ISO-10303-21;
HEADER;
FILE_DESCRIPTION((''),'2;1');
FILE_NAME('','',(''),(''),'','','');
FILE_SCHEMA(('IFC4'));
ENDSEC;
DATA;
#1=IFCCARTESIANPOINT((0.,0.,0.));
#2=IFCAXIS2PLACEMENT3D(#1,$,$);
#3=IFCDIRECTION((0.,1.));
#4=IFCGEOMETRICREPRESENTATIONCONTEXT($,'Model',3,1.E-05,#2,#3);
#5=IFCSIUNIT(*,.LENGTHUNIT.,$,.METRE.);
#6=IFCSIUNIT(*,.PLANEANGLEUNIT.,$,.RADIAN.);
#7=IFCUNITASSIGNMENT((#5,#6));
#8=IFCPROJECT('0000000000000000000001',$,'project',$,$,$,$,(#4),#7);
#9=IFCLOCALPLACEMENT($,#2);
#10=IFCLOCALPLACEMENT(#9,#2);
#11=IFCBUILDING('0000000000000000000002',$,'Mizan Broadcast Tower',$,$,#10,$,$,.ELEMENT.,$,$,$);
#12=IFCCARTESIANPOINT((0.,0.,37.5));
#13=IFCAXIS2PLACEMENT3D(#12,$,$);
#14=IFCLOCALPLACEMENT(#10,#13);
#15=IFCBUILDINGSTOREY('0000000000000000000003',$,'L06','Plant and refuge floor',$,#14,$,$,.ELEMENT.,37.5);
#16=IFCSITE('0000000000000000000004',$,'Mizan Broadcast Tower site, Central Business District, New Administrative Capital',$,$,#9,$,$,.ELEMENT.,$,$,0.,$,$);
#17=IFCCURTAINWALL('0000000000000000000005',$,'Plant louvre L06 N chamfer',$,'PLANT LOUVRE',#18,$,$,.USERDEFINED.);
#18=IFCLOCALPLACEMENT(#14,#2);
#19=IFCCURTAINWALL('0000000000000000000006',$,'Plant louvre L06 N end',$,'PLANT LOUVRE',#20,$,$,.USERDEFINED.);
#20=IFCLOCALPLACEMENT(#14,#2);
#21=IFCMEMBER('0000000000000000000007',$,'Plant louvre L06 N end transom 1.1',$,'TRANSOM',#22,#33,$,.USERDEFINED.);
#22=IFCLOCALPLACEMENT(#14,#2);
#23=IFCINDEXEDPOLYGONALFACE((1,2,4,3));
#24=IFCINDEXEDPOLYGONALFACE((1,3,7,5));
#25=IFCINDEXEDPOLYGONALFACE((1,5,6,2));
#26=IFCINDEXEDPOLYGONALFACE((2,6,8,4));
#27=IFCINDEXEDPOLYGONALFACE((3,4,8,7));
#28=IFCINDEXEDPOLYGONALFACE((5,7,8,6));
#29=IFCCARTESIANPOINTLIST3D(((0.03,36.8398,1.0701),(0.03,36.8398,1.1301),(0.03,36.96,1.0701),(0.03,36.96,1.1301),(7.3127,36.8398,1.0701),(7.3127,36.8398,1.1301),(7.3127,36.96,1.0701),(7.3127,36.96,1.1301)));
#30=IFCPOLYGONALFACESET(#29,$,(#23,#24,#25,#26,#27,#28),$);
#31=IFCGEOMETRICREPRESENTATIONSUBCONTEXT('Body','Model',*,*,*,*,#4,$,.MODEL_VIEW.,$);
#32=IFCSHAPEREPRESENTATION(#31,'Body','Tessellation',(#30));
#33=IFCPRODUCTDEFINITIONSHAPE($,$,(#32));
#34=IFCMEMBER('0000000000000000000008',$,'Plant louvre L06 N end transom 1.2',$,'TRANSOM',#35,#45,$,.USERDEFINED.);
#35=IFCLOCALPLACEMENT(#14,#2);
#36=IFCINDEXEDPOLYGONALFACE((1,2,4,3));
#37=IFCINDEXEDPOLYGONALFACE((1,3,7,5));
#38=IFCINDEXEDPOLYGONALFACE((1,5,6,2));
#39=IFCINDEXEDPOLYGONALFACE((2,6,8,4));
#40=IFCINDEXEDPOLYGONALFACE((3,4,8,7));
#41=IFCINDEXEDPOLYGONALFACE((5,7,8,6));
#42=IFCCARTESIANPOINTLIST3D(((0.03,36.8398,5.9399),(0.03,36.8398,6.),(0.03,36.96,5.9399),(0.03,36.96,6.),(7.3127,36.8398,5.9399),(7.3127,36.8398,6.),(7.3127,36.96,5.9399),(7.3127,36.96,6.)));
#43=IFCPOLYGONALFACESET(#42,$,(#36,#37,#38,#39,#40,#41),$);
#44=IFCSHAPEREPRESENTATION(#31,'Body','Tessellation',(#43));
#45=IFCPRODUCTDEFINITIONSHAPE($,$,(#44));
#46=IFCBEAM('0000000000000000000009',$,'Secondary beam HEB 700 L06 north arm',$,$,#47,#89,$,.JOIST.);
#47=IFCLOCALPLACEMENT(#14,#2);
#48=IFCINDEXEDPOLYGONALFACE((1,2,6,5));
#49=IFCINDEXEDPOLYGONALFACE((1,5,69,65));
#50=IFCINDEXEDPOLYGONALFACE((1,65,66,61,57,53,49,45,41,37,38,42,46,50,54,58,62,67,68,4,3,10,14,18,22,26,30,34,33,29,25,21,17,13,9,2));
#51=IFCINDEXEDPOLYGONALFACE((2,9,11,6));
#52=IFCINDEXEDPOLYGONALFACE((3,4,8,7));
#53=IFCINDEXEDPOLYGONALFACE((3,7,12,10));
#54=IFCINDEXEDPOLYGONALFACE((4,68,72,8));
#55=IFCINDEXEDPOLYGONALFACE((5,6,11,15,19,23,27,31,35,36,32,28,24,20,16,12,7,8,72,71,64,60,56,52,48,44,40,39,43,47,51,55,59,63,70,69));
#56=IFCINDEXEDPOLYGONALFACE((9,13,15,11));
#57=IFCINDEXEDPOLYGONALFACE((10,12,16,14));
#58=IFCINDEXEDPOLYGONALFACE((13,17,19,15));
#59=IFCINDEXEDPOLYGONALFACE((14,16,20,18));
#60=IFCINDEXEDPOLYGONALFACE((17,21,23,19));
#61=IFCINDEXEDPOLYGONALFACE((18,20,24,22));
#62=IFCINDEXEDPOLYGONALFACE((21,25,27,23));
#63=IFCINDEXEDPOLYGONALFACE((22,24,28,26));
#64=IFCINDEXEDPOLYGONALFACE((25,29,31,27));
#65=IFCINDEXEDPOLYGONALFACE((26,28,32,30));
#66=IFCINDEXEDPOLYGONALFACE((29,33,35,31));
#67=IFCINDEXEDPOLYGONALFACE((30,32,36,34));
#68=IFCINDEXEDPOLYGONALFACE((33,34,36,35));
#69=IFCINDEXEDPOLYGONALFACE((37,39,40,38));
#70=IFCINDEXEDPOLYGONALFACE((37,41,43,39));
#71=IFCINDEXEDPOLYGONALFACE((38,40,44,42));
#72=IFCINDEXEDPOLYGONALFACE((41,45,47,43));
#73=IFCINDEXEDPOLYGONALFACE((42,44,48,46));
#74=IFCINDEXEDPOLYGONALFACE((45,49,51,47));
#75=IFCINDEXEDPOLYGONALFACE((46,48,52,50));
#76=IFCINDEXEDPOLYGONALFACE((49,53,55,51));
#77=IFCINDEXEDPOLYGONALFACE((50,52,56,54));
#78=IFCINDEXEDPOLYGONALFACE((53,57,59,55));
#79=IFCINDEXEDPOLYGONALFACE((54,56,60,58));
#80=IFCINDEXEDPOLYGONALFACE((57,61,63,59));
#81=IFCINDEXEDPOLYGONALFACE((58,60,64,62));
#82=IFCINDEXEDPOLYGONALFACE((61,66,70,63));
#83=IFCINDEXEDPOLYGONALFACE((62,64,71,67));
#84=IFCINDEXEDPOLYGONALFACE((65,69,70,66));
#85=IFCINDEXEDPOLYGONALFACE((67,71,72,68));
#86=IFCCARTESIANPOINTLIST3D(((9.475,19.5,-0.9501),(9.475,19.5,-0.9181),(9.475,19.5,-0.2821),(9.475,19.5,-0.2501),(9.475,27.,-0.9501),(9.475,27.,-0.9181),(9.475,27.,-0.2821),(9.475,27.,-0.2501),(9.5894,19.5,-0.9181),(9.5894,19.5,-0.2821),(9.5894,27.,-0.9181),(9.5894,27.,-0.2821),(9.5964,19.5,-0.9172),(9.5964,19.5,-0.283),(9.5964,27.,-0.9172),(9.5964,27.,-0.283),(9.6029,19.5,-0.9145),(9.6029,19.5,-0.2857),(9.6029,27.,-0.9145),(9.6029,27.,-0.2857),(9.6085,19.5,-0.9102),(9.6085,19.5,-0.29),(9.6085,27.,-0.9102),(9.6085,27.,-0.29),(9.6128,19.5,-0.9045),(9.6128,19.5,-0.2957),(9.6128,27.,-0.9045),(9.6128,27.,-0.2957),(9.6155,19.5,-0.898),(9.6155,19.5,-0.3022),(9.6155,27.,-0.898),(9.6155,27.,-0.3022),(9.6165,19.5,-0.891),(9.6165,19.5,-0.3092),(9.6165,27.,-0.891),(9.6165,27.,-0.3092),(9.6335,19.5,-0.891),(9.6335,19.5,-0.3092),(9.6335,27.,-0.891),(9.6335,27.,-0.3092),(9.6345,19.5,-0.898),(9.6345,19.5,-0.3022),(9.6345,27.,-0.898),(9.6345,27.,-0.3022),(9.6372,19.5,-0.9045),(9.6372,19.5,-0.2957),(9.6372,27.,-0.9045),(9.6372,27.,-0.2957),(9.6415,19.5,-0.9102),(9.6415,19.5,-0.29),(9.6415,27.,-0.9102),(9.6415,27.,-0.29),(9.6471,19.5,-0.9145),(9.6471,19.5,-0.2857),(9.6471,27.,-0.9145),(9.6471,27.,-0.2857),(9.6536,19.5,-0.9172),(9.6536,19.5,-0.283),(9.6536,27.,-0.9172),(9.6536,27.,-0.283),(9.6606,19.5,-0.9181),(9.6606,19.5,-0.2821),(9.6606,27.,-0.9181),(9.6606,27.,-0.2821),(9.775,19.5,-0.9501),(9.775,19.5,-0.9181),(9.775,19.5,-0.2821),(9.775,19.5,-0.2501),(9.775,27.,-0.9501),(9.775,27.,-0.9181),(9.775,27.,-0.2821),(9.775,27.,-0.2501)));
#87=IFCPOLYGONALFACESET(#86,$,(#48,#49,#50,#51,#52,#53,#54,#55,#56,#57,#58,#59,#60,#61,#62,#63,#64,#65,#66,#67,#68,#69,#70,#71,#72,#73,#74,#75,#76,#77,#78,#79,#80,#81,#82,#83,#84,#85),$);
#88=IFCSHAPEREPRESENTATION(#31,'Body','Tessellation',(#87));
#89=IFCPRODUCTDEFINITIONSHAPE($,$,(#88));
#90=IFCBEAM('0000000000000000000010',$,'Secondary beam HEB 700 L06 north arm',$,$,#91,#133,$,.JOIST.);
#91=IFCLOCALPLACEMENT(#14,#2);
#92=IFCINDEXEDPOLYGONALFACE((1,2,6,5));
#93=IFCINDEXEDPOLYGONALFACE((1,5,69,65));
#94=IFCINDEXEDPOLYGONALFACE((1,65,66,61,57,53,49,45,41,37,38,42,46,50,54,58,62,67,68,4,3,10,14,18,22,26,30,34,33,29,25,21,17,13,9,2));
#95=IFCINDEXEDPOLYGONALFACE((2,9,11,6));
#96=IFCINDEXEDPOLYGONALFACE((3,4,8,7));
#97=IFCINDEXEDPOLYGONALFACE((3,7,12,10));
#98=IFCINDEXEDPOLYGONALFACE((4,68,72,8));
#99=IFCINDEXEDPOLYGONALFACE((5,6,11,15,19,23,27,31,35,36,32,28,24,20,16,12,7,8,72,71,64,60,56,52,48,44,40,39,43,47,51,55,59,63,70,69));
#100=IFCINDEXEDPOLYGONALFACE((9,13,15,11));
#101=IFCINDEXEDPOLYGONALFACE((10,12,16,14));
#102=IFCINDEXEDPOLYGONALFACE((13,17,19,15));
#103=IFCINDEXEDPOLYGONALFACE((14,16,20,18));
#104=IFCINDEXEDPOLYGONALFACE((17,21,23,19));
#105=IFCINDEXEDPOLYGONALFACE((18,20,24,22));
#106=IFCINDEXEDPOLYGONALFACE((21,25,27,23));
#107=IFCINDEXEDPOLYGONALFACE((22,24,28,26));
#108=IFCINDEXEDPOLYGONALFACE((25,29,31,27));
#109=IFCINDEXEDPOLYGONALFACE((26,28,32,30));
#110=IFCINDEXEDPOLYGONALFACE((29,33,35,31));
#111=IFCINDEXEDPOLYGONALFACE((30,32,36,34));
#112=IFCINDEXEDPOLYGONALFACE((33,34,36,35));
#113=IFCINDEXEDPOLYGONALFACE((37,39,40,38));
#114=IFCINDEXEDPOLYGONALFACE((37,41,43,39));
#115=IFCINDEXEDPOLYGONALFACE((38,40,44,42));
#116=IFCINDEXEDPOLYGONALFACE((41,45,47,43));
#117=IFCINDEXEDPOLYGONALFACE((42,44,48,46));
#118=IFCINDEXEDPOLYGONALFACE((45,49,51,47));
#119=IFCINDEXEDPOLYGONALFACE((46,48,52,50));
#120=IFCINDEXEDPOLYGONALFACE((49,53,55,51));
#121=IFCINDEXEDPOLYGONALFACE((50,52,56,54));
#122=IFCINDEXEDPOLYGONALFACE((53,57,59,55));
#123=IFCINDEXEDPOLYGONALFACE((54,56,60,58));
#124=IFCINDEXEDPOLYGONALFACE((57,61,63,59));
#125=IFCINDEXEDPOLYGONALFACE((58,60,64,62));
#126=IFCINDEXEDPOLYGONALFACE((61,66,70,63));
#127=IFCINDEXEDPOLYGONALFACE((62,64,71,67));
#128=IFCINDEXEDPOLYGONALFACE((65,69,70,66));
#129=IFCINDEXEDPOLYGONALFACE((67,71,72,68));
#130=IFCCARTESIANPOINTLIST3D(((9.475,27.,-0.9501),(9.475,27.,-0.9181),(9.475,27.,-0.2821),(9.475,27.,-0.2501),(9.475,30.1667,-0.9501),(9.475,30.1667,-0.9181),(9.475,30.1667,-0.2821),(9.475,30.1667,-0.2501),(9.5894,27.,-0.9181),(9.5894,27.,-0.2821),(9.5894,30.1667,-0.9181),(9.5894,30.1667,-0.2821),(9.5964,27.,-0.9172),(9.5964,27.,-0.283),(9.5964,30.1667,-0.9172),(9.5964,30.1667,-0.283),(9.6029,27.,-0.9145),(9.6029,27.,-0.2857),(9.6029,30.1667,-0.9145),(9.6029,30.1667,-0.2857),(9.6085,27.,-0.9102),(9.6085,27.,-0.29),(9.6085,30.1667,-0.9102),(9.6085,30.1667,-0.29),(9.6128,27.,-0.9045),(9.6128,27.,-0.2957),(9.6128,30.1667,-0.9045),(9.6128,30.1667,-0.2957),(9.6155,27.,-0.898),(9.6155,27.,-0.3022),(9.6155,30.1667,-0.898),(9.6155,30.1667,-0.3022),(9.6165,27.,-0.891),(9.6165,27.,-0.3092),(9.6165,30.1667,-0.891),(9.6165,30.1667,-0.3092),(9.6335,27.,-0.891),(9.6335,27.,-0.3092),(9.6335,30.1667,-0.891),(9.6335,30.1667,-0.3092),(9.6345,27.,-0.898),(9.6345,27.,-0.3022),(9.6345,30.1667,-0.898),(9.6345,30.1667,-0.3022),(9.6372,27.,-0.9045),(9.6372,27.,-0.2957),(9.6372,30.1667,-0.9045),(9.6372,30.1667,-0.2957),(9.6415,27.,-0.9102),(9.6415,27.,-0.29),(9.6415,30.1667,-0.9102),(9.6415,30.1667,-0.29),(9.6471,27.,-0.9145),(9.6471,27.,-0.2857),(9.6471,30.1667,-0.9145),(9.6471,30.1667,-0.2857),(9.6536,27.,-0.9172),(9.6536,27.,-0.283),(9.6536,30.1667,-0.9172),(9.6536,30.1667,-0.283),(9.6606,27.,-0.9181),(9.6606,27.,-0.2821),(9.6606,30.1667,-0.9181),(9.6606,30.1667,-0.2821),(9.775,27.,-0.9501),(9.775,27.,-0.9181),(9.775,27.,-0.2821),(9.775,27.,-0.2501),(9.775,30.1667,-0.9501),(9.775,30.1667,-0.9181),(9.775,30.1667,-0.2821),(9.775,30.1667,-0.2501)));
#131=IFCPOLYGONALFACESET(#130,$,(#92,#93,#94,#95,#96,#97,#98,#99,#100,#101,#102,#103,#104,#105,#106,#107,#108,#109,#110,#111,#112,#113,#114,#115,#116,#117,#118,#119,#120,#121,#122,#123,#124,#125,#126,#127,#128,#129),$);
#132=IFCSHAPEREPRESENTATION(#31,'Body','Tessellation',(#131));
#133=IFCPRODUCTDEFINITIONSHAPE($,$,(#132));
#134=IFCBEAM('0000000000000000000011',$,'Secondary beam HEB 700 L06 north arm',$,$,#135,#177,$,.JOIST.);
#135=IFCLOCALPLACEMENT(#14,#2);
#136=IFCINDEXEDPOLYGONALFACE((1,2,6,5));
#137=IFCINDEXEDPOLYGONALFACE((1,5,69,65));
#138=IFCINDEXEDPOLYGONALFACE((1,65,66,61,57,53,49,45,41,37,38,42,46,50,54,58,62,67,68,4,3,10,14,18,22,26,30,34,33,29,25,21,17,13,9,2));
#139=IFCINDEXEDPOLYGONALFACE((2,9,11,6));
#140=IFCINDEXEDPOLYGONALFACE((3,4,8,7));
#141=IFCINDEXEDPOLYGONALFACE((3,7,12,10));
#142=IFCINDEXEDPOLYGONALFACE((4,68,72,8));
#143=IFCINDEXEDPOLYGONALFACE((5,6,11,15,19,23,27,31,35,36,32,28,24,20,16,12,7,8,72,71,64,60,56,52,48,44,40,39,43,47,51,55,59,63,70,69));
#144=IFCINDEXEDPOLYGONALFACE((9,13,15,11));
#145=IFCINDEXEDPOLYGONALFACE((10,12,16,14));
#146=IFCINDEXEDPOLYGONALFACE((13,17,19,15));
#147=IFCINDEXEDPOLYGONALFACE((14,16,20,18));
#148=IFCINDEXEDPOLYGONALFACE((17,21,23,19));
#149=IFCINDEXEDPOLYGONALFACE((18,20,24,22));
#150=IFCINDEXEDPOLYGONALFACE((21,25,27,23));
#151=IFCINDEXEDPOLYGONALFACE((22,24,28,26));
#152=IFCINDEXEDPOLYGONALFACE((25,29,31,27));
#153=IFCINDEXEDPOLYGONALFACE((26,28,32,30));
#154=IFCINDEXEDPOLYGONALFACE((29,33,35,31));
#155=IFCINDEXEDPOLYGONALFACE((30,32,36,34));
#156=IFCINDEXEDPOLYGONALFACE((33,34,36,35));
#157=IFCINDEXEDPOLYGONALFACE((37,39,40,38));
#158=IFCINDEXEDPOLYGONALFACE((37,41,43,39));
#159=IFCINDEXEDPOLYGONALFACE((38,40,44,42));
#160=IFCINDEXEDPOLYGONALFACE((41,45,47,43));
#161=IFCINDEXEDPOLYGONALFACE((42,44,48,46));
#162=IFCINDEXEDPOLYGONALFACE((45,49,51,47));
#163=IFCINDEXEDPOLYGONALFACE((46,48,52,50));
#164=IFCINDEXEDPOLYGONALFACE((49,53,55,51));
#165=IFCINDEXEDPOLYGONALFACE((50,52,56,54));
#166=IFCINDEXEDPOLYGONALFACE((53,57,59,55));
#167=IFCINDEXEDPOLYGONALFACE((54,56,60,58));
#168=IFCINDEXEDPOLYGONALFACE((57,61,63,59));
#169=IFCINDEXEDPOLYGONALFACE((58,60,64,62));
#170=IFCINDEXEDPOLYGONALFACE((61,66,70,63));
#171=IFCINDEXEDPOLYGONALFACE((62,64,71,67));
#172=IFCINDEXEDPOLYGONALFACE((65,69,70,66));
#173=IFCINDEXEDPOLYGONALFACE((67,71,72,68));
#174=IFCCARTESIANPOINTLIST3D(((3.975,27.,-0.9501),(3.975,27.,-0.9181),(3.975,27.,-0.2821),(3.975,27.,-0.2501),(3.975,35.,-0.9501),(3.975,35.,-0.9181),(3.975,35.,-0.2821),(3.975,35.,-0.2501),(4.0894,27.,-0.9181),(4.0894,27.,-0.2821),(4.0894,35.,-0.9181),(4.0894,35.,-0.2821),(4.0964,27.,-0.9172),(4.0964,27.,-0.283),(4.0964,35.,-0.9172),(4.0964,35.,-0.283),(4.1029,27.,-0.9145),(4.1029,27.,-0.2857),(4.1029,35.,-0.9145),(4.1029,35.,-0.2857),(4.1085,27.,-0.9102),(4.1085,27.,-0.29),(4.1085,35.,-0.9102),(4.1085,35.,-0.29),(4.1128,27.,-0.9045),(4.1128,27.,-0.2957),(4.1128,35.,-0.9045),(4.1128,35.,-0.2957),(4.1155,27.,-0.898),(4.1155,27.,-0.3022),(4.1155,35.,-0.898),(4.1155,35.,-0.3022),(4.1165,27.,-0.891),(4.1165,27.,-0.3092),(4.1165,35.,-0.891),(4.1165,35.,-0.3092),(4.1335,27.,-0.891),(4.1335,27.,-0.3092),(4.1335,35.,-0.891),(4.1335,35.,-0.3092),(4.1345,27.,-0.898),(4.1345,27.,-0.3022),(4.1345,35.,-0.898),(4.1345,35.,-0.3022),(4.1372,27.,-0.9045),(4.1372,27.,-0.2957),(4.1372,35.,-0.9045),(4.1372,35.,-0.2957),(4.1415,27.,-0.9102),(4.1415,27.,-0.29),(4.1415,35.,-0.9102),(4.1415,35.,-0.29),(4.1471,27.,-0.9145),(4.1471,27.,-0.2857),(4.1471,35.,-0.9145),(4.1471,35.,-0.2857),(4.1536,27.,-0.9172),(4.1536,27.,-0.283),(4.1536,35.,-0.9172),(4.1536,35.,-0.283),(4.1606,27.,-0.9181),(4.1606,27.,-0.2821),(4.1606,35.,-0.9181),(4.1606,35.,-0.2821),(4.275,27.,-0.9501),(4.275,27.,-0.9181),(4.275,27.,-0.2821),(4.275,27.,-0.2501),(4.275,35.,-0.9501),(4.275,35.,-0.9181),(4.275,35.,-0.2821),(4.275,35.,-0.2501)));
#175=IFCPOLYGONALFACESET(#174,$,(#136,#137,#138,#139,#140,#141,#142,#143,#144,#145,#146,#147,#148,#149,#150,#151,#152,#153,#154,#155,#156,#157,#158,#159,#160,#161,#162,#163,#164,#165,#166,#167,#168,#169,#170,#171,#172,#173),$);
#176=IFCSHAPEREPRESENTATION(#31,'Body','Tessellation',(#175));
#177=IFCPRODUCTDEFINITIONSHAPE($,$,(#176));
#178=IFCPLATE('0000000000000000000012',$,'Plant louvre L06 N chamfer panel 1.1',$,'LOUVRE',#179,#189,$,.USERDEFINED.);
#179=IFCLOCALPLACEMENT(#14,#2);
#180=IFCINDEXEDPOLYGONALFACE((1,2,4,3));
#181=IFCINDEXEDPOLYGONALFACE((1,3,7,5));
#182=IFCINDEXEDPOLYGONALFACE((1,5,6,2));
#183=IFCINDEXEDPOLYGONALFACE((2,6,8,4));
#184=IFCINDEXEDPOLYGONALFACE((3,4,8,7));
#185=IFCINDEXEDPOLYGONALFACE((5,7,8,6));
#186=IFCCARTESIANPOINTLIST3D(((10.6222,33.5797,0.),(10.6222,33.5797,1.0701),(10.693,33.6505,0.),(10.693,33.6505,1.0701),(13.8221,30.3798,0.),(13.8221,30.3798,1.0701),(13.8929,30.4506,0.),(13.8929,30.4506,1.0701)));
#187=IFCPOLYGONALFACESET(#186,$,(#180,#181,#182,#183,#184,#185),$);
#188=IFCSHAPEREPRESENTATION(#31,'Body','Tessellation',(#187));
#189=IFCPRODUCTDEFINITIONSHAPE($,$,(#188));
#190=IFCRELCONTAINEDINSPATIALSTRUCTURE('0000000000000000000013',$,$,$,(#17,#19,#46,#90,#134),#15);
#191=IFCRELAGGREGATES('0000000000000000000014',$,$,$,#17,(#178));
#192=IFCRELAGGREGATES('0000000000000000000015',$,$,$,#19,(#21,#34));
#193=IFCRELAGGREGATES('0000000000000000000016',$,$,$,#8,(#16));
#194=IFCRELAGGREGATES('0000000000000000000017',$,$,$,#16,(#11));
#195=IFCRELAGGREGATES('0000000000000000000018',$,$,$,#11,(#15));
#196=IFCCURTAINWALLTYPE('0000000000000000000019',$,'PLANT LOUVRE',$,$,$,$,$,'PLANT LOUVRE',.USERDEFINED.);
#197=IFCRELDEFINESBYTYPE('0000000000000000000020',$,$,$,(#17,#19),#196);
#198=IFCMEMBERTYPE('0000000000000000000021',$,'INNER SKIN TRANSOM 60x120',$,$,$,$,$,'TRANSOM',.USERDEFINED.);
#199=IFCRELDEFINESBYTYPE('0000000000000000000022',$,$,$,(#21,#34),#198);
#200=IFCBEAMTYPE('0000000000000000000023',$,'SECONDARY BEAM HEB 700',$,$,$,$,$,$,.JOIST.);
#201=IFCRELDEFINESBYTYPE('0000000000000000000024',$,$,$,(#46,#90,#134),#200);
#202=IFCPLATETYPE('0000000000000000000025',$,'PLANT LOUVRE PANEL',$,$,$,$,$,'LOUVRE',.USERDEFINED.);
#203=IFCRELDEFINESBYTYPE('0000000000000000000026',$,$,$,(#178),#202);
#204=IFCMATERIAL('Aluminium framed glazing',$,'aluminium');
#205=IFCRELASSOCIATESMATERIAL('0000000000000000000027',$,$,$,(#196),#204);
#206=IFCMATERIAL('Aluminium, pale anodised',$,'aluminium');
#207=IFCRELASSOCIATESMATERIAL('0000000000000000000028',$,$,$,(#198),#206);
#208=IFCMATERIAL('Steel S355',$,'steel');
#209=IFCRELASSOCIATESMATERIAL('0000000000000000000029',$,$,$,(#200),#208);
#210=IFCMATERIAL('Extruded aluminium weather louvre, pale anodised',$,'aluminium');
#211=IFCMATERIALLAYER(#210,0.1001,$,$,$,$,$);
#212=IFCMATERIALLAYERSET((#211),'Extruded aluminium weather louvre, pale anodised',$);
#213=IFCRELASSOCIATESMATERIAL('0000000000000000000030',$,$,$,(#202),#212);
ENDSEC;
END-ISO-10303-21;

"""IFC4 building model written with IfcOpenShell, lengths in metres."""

from ifc_helpers import new_model, si_unit, direction, frame, origin, origin_2d, place, context, subcontext, project, spatial, rectangle, i_section, extrude, material, layer, layer_set, material_profile, profile_set, type_object, element, aggregate, save


model = new_model("IFC4")

# Units and contexts
model_context = context("Model", 3, precision=1e-05, world=origin(), true_north=direction((0.0, 1.0)))
body_context = subcontext(model_context, "Body", "Model", "MODEL_VIEW")
ifc_project = project(units=[si_unit("LENGTHUNIT", "METRE"), si_unit("PLANEANGLEUNIT", "RADIAN")], contexts=[model_context])

# Site, building, storey
site_placement = place(None, origin())
site = spatial("IfcSite", under=ifc_project, at=site_placement, Name="Mizan Broadcast Tower site, Central Business District, New Administrative Capital", CompositionType="ELEMENT", RefElevation=0.0)
building_placement = place(site_placement, origin())
building = spatial("IfcBuilding", under=site, at=building_placement, Name="Mizan Broadcast Tower", CompositionType="ELEMENT")
storey_placement = place(building_placement, frame((0.0, 0.0, 37.5)))
storey = spatial("IfcBuildingStorey", under=building, at=storey_placement, Name="L06", Description="Plant and refuge floor", CompositionType="ELEMENT", Elevation=37.5)

# Curtain wall
ifc_material_1 = material(Name="Aluminium framed glazing", Category="aluminium")
curtain_wall_type = type_object("IfcCurtainWallType", Name="PLANT LOUVRE", ElementType="PLANT LOUVRE", PredefinedType="USERDEFINED", material=ifc_material_1)
curtain_wall_1_placement = place(storey_placement, origin())
curtain_wall_1 = element("IfcCurtainWall", 1, at=curtain_wall_1_placement, inside=storey, type_object=curtain_wall_type, Name="Plant louvre L06 N chamfer", ObjectType="PLANT LOUVRE", PredefinedType="USERDEFINED")

# Curtain wall
curtain_wall_2_placement = place(storey_placement, origin())
curtain_wall_2 = element("IfcCurtainWall", 2, at=curtain_wall_2_placement, inside=storey, type_object=curtain_wall_type, Name="Plant louvre L06 N end", ObjectType="PLANT LOUVRE", PredefinedType="USERDEFINED")

# Members
ifc_material_2 = material(Name="Aluminium, pale anodised", Category="aluminium")
ifc_material_profile_1 = material_profile(ifc_material_2, rectangle(XDim=0.1201, YDim=0.0601, at=origin_2d()), Name="TRANSOM 120x60")
ifc_profile_set_1 = profile_set([ifc_material_profile_1], Name="Aluminium, pale anodised")
member_type_1 = type_object("IfcMemberType", Name="INNER SKIN TRANSOM 60x120", ElementType="TRANSOM", PredefinedType="USERDEFINED", material=ifc_profile_set_1)
member_1_placement = place(storey_placement, frame((7.3127, 36.8999, 1.1001), z_axis=(-1.0, 0.0, 0.0), x_axis=(0.0, -1.0, 0.0)))
member_1 = element("IfcMember", 3, at=member_1_placement, type_object=member_type_1, Name="Plant louvre L06 N end transom 1.1", ObjectType="TRANSOM", PredefinedType="USERDEFINED", context=body_context, shape_type="SweptSolid", body=[
    extrude(rectangle(XDim=0.1201, YDim=0.0601, at=origin_2d()), origin(), (0.0, 0.0, 1.0), 7.2827),
])
member_2_placement = place(storey_placement, frame((7.3127, 36.8999, 5.97), z_axis=(-1.0, 0.0, 0.0), x_axis=(0.0, -1.0, 0.0)))
member_2 = element("IfcMember", 4, at=member_2_placement, type_object=member_type_1, Name="Plant louvre L06 N end transom 1.2", ObjectType="TRANSOM", PredefinedType="USERDEFINED", context=body_context, shape_type="SweptSolid", body=[
    extrude(rectangle(XDim=0.1201, YDim=0.0601, at=origin_2d()), origin(), (0.0, 0.0, 1.0), 7.2827),
])

# Beams
ifc_material_3 = material(Name="Steel S355", Category="steel")
ifc_material_profile_2 = material_profile(ifc_material_3, i_section(OverallWidth=0.3, OverallDepth=0.7, WebThickness=0.0171, FlangeThickness=0.032, FilletRadius=0.0271, at=origin_2d()), Name="HEB 700")
ifc_profile_set_2 = profile_set([ifc_material_profile_2], Name="Steel S355")
beam_type_1 = type_object("IfcBeamType", Name="SECONDARY BEAM HEB 700", PredefinedType="JOIST", material=ifc_profile_set_2)
beam_1_placement = place(storey_placement, frame((9.625, 19.5, -0.6001), z_axis=(0.0, 1.0, 0.0), x_axis=(-1.0, 0.0, 0.0)))
element("IfcBeam", 5, at=beam_1_placement, inside=storey, type_object=beam_type_1, Name="Secondary beam HEB 700 L06 north arm", PredefinedType="JOIST", context=body_context, shape_type="SweptSolid", body=[
    extrude(i_section(OverallWidth=0.3, OverallDepth=0.7, WebThickness=0.0171, FlangeThickness=0.032, FilletRadius=0.0271, at=origin_2d()), origin(), (0.0, 0.0, 1.0), 7.5),
])
beam_2_placement = place(storey_placement, frame((9.625, 27.0, -0.6001), z_axis=(0.0, 1.0, 0.0), x_axis=(-1.0, 0.0, 0.0)))
element("IfcBeam", 6, at=beam_2_placement, inside=storey, type_object=beam_type_1, Name="Secondary beam HEB 700 L06 north arm", PredefinedType="JOIST", context=body_context, shape_type="SweptSolid", body=[
    extrude(i_section(OverallWidth=0.3, OverallDepth=0.7, WebThickness=0.0171, FlangeThickness=0.032, FilletRadius=0.0271, at=origin_2d()), origin(), (0.0, 0.0, 1.0), 3.1667),
])
beam_3_placement = place(storey_placement, frame((4.125, 27.0, -0.6001), z_axis=(0.0, 1.0, 0.0), x_axis=(-1.0, 0.0, 0.0)))
element("IfcBeam", 7, at=beam_3_placement, inside=storey, type_object=beam_type_1, Name="Secondary beam HEB 700 L06 north arm", PredefinedType="JOIST", context=body_context, shape_type="SweptSolid", body=[
    extrude(i_section(OverallWidth=0.3, OverallDepth=0.7, WebThickness=0.0171, FlangeThickness=0.032, FilletRadius=0.0271, at=origin_2d()), origin(), (0.0, 0.0, 1.0), 8.0),
])

# Plate
ifc_material_4 = material(Name="Extruded aluminium weather louvre, pale anodised", Category="aluminium")
ifc_layer = layer(ifc_material_4, 0.1001)
ifc_layer_set = layer_set([ifc_layer], Name="Extruded aluminium weather louvre, pale anodised")
plate_type = type_object("IfcPlateType", Name="PLANT LOUVRE PANEL", ElementType="LOUVRE", PredefinedType="USERDEFINED", material=ifc_layer_set)
plate_1_placement = place(storey_placement, frame((12.2576, 32.0151, 0.0), z_axis=(0.0, 0.0, 1.0), x_axis=(-0.707107, 0.707107, 0.0)))
plate_1 = element("IfcPlate", 8, at=plate_1_placement, type_object=plate_type, Name="Plant louvre L06 N chamfer panel 1.1", ObjectType="LOUVRE", PredefinedType="USERDEFINED", context=body_context, shape_type="SweptSolid", body=[
    extrude(rectangle(XDim=4.5254, YDim=0.1001, at=origin_2d()), origin(), (0.0, 0.0, 1.0), 1.0701),
])
aggregate(curtain_wall_1, [plate_1])
aggregate(curtain_wall_2, [member_1, member_2])

save(model, "model.ifc")
